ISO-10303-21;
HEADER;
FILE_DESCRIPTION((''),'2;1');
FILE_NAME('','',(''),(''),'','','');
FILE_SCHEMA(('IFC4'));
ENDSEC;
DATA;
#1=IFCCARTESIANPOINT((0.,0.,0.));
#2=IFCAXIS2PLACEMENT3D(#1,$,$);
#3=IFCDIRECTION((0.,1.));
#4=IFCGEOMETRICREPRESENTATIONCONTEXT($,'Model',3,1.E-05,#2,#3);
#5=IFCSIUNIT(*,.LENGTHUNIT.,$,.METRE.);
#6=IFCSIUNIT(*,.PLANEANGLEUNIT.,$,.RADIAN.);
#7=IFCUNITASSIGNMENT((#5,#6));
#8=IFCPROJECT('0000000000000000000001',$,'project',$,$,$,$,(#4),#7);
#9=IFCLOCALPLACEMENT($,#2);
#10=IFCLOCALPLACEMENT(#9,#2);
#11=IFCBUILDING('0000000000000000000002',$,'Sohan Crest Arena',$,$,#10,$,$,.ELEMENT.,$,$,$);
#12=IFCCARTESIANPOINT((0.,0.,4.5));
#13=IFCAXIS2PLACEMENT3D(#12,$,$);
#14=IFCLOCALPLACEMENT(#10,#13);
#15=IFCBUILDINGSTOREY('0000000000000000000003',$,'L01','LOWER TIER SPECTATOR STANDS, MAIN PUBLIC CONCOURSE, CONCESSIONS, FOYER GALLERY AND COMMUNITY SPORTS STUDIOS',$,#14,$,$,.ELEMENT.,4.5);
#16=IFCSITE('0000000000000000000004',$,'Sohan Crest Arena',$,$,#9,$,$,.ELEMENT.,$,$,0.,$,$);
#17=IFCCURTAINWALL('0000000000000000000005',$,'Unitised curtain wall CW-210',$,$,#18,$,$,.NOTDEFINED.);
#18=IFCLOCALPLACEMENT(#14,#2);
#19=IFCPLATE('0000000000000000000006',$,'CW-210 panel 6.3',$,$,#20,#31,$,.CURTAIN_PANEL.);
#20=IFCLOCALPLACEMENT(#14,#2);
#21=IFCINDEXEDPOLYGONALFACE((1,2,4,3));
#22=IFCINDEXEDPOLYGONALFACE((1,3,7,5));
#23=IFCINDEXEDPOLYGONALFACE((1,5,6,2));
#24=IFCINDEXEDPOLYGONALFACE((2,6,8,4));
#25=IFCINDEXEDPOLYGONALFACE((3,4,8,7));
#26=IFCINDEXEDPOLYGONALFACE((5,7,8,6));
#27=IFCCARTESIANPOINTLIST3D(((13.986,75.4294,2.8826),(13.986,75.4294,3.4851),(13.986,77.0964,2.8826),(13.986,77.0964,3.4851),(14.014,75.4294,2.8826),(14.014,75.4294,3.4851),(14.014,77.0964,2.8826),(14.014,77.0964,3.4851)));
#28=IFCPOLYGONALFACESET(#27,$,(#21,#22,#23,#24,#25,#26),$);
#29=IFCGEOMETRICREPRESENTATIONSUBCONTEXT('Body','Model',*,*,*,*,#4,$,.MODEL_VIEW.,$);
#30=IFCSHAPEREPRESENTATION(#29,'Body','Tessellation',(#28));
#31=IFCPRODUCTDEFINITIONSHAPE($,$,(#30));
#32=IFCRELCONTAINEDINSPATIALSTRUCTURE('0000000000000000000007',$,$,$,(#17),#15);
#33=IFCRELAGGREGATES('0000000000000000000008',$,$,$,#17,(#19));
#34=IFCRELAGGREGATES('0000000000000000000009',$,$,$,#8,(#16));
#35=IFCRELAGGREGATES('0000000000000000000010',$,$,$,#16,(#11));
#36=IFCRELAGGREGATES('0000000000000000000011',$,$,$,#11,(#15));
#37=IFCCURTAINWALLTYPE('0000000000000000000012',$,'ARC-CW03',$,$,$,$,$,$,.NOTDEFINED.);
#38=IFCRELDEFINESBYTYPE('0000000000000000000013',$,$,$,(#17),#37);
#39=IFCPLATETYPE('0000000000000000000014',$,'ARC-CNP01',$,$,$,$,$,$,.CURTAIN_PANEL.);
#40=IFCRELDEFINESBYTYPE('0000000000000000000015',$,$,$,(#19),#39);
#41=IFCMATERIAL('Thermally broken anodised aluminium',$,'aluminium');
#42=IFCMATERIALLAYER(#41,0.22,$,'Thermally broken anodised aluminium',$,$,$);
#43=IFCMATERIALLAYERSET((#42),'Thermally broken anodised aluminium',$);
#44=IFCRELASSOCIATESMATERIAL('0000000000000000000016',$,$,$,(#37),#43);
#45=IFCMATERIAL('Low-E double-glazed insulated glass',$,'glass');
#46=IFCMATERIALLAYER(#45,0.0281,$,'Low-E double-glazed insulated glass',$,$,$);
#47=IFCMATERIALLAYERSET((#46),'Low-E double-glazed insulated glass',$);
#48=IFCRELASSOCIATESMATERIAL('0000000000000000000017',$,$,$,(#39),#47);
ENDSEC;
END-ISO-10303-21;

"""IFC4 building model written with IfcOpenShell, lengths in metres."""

from ifc_helpers import new_model, si_unit, direction, frame, origin, origin_2d, place, context, subcontext, project, spatial, rectangle, extrude, material, layer, layer_set, type_object, element, aggregate, save


model = new_model("IFC4")

# Units and contexts
model_context = context("Model", 3, precision=1e-05, world=origin(), true_north=direction((0.0, 1.0)))
body_context = subcontext(model_context, "Body", "Model", "MODEL_VIEW")
ifc_project = project(units=[si_unit("LENGTHUNIT", "METRE"), si_unit("PLANEANGLEUNIT", "RADIAN")], contexts=[model_context])

# Site, building, storey
site_placement = place(None, origin())
site = spatial("IfcSite", under=ifc_project, at=site_placement, Name="Sohan Crest Arena", CompositionType="ELEMENT", RefElevation=0.0)
building_placement = place(site_placement, origin())
building = spatial("IfcBuilding", under=site, at=building_placement, Name="Sohan Crest Arena", CompositionType="ELEMENT")
storey_placement = place(building_placement, frame((0.0, 0.0, 4.5)))
storey = spatial("IfcBuildingStorey", under=building, at=storey_placement, Name="L01", Description="LOWER TIER SPECTATOR STANDS, MAIN PUBLIC CONCOURSE, CONCESSIONS, FOYER GALLERY AND COMMUNITY SPORTS STUDIOS", CompositionType="ELEMENT", Elevation=4.5)

# Curtain wall
ifc_material_1 = material(Name="Thermally broken anodised aluminium", Category="aluminium")
ifc_layer_1 = layer(ifc_material_1, 0.22, Name="Thermally broken anodised aluminium")
ifc_layer_set_1 = layer_set([ifc_layer_1], Name="Thermally broken anodised aluminium")
curtain_wall_type = type_object("IfcCurtainWallType", Name="ARC-CW03", PredefinedType="NOTDEFINED", material=ifc_layer_set_1)
curtain_wall_placement = place(storey_placement, origin())
curtain_wall = element("IfcCurtainWall", 1, at=curtain_wall_placement, inside=storey, type_object=curtain_wall_type, Name="Unitised curtain wall CW-210", PredefinedType="NOTDEFINED")

# Plate
ifc_material_2 = material(Name="Low-E double-glazed insulated glass", Category="glass")
ifc_layer_2 = layer(ifc_material_2, 0.0281, Name="Low-E double-glazed insulated glass")
ifc_layer_set_2 = layer_set([ifc_layer_2], Name="Low-E double-glazed insulated glass")
plate_type = type_object("IfcPlateType", Name="ARC-CNP01", PredefinedType="CURTAIN_PANEL", material=ifc_layer_set_2)
plate_1_placement = place(storey_placement, frame((14.0, 76.2629, 2.8826), z_axis=(0.0, 0.0, 1.0), x_axis=(0.0, -1.0, 0.0)))
plate_1 = element("IfcPlate", 2, at=plate_1_placement, type_object=plate_type, Name="CW-210 panel 6.3", PredefinedType="CURTAIN_PANEL", context=body_context, shape_type="SweptSolid", body=[
    extrude(rectangle(XDim=1.667, YDim=0.0281, at=origin_2d()), origin(), (0.0, 0.0, 1.0), 0.6025),
])
aggregate(curtain_wall, [plate_1])

save(model, "model.ifc")
